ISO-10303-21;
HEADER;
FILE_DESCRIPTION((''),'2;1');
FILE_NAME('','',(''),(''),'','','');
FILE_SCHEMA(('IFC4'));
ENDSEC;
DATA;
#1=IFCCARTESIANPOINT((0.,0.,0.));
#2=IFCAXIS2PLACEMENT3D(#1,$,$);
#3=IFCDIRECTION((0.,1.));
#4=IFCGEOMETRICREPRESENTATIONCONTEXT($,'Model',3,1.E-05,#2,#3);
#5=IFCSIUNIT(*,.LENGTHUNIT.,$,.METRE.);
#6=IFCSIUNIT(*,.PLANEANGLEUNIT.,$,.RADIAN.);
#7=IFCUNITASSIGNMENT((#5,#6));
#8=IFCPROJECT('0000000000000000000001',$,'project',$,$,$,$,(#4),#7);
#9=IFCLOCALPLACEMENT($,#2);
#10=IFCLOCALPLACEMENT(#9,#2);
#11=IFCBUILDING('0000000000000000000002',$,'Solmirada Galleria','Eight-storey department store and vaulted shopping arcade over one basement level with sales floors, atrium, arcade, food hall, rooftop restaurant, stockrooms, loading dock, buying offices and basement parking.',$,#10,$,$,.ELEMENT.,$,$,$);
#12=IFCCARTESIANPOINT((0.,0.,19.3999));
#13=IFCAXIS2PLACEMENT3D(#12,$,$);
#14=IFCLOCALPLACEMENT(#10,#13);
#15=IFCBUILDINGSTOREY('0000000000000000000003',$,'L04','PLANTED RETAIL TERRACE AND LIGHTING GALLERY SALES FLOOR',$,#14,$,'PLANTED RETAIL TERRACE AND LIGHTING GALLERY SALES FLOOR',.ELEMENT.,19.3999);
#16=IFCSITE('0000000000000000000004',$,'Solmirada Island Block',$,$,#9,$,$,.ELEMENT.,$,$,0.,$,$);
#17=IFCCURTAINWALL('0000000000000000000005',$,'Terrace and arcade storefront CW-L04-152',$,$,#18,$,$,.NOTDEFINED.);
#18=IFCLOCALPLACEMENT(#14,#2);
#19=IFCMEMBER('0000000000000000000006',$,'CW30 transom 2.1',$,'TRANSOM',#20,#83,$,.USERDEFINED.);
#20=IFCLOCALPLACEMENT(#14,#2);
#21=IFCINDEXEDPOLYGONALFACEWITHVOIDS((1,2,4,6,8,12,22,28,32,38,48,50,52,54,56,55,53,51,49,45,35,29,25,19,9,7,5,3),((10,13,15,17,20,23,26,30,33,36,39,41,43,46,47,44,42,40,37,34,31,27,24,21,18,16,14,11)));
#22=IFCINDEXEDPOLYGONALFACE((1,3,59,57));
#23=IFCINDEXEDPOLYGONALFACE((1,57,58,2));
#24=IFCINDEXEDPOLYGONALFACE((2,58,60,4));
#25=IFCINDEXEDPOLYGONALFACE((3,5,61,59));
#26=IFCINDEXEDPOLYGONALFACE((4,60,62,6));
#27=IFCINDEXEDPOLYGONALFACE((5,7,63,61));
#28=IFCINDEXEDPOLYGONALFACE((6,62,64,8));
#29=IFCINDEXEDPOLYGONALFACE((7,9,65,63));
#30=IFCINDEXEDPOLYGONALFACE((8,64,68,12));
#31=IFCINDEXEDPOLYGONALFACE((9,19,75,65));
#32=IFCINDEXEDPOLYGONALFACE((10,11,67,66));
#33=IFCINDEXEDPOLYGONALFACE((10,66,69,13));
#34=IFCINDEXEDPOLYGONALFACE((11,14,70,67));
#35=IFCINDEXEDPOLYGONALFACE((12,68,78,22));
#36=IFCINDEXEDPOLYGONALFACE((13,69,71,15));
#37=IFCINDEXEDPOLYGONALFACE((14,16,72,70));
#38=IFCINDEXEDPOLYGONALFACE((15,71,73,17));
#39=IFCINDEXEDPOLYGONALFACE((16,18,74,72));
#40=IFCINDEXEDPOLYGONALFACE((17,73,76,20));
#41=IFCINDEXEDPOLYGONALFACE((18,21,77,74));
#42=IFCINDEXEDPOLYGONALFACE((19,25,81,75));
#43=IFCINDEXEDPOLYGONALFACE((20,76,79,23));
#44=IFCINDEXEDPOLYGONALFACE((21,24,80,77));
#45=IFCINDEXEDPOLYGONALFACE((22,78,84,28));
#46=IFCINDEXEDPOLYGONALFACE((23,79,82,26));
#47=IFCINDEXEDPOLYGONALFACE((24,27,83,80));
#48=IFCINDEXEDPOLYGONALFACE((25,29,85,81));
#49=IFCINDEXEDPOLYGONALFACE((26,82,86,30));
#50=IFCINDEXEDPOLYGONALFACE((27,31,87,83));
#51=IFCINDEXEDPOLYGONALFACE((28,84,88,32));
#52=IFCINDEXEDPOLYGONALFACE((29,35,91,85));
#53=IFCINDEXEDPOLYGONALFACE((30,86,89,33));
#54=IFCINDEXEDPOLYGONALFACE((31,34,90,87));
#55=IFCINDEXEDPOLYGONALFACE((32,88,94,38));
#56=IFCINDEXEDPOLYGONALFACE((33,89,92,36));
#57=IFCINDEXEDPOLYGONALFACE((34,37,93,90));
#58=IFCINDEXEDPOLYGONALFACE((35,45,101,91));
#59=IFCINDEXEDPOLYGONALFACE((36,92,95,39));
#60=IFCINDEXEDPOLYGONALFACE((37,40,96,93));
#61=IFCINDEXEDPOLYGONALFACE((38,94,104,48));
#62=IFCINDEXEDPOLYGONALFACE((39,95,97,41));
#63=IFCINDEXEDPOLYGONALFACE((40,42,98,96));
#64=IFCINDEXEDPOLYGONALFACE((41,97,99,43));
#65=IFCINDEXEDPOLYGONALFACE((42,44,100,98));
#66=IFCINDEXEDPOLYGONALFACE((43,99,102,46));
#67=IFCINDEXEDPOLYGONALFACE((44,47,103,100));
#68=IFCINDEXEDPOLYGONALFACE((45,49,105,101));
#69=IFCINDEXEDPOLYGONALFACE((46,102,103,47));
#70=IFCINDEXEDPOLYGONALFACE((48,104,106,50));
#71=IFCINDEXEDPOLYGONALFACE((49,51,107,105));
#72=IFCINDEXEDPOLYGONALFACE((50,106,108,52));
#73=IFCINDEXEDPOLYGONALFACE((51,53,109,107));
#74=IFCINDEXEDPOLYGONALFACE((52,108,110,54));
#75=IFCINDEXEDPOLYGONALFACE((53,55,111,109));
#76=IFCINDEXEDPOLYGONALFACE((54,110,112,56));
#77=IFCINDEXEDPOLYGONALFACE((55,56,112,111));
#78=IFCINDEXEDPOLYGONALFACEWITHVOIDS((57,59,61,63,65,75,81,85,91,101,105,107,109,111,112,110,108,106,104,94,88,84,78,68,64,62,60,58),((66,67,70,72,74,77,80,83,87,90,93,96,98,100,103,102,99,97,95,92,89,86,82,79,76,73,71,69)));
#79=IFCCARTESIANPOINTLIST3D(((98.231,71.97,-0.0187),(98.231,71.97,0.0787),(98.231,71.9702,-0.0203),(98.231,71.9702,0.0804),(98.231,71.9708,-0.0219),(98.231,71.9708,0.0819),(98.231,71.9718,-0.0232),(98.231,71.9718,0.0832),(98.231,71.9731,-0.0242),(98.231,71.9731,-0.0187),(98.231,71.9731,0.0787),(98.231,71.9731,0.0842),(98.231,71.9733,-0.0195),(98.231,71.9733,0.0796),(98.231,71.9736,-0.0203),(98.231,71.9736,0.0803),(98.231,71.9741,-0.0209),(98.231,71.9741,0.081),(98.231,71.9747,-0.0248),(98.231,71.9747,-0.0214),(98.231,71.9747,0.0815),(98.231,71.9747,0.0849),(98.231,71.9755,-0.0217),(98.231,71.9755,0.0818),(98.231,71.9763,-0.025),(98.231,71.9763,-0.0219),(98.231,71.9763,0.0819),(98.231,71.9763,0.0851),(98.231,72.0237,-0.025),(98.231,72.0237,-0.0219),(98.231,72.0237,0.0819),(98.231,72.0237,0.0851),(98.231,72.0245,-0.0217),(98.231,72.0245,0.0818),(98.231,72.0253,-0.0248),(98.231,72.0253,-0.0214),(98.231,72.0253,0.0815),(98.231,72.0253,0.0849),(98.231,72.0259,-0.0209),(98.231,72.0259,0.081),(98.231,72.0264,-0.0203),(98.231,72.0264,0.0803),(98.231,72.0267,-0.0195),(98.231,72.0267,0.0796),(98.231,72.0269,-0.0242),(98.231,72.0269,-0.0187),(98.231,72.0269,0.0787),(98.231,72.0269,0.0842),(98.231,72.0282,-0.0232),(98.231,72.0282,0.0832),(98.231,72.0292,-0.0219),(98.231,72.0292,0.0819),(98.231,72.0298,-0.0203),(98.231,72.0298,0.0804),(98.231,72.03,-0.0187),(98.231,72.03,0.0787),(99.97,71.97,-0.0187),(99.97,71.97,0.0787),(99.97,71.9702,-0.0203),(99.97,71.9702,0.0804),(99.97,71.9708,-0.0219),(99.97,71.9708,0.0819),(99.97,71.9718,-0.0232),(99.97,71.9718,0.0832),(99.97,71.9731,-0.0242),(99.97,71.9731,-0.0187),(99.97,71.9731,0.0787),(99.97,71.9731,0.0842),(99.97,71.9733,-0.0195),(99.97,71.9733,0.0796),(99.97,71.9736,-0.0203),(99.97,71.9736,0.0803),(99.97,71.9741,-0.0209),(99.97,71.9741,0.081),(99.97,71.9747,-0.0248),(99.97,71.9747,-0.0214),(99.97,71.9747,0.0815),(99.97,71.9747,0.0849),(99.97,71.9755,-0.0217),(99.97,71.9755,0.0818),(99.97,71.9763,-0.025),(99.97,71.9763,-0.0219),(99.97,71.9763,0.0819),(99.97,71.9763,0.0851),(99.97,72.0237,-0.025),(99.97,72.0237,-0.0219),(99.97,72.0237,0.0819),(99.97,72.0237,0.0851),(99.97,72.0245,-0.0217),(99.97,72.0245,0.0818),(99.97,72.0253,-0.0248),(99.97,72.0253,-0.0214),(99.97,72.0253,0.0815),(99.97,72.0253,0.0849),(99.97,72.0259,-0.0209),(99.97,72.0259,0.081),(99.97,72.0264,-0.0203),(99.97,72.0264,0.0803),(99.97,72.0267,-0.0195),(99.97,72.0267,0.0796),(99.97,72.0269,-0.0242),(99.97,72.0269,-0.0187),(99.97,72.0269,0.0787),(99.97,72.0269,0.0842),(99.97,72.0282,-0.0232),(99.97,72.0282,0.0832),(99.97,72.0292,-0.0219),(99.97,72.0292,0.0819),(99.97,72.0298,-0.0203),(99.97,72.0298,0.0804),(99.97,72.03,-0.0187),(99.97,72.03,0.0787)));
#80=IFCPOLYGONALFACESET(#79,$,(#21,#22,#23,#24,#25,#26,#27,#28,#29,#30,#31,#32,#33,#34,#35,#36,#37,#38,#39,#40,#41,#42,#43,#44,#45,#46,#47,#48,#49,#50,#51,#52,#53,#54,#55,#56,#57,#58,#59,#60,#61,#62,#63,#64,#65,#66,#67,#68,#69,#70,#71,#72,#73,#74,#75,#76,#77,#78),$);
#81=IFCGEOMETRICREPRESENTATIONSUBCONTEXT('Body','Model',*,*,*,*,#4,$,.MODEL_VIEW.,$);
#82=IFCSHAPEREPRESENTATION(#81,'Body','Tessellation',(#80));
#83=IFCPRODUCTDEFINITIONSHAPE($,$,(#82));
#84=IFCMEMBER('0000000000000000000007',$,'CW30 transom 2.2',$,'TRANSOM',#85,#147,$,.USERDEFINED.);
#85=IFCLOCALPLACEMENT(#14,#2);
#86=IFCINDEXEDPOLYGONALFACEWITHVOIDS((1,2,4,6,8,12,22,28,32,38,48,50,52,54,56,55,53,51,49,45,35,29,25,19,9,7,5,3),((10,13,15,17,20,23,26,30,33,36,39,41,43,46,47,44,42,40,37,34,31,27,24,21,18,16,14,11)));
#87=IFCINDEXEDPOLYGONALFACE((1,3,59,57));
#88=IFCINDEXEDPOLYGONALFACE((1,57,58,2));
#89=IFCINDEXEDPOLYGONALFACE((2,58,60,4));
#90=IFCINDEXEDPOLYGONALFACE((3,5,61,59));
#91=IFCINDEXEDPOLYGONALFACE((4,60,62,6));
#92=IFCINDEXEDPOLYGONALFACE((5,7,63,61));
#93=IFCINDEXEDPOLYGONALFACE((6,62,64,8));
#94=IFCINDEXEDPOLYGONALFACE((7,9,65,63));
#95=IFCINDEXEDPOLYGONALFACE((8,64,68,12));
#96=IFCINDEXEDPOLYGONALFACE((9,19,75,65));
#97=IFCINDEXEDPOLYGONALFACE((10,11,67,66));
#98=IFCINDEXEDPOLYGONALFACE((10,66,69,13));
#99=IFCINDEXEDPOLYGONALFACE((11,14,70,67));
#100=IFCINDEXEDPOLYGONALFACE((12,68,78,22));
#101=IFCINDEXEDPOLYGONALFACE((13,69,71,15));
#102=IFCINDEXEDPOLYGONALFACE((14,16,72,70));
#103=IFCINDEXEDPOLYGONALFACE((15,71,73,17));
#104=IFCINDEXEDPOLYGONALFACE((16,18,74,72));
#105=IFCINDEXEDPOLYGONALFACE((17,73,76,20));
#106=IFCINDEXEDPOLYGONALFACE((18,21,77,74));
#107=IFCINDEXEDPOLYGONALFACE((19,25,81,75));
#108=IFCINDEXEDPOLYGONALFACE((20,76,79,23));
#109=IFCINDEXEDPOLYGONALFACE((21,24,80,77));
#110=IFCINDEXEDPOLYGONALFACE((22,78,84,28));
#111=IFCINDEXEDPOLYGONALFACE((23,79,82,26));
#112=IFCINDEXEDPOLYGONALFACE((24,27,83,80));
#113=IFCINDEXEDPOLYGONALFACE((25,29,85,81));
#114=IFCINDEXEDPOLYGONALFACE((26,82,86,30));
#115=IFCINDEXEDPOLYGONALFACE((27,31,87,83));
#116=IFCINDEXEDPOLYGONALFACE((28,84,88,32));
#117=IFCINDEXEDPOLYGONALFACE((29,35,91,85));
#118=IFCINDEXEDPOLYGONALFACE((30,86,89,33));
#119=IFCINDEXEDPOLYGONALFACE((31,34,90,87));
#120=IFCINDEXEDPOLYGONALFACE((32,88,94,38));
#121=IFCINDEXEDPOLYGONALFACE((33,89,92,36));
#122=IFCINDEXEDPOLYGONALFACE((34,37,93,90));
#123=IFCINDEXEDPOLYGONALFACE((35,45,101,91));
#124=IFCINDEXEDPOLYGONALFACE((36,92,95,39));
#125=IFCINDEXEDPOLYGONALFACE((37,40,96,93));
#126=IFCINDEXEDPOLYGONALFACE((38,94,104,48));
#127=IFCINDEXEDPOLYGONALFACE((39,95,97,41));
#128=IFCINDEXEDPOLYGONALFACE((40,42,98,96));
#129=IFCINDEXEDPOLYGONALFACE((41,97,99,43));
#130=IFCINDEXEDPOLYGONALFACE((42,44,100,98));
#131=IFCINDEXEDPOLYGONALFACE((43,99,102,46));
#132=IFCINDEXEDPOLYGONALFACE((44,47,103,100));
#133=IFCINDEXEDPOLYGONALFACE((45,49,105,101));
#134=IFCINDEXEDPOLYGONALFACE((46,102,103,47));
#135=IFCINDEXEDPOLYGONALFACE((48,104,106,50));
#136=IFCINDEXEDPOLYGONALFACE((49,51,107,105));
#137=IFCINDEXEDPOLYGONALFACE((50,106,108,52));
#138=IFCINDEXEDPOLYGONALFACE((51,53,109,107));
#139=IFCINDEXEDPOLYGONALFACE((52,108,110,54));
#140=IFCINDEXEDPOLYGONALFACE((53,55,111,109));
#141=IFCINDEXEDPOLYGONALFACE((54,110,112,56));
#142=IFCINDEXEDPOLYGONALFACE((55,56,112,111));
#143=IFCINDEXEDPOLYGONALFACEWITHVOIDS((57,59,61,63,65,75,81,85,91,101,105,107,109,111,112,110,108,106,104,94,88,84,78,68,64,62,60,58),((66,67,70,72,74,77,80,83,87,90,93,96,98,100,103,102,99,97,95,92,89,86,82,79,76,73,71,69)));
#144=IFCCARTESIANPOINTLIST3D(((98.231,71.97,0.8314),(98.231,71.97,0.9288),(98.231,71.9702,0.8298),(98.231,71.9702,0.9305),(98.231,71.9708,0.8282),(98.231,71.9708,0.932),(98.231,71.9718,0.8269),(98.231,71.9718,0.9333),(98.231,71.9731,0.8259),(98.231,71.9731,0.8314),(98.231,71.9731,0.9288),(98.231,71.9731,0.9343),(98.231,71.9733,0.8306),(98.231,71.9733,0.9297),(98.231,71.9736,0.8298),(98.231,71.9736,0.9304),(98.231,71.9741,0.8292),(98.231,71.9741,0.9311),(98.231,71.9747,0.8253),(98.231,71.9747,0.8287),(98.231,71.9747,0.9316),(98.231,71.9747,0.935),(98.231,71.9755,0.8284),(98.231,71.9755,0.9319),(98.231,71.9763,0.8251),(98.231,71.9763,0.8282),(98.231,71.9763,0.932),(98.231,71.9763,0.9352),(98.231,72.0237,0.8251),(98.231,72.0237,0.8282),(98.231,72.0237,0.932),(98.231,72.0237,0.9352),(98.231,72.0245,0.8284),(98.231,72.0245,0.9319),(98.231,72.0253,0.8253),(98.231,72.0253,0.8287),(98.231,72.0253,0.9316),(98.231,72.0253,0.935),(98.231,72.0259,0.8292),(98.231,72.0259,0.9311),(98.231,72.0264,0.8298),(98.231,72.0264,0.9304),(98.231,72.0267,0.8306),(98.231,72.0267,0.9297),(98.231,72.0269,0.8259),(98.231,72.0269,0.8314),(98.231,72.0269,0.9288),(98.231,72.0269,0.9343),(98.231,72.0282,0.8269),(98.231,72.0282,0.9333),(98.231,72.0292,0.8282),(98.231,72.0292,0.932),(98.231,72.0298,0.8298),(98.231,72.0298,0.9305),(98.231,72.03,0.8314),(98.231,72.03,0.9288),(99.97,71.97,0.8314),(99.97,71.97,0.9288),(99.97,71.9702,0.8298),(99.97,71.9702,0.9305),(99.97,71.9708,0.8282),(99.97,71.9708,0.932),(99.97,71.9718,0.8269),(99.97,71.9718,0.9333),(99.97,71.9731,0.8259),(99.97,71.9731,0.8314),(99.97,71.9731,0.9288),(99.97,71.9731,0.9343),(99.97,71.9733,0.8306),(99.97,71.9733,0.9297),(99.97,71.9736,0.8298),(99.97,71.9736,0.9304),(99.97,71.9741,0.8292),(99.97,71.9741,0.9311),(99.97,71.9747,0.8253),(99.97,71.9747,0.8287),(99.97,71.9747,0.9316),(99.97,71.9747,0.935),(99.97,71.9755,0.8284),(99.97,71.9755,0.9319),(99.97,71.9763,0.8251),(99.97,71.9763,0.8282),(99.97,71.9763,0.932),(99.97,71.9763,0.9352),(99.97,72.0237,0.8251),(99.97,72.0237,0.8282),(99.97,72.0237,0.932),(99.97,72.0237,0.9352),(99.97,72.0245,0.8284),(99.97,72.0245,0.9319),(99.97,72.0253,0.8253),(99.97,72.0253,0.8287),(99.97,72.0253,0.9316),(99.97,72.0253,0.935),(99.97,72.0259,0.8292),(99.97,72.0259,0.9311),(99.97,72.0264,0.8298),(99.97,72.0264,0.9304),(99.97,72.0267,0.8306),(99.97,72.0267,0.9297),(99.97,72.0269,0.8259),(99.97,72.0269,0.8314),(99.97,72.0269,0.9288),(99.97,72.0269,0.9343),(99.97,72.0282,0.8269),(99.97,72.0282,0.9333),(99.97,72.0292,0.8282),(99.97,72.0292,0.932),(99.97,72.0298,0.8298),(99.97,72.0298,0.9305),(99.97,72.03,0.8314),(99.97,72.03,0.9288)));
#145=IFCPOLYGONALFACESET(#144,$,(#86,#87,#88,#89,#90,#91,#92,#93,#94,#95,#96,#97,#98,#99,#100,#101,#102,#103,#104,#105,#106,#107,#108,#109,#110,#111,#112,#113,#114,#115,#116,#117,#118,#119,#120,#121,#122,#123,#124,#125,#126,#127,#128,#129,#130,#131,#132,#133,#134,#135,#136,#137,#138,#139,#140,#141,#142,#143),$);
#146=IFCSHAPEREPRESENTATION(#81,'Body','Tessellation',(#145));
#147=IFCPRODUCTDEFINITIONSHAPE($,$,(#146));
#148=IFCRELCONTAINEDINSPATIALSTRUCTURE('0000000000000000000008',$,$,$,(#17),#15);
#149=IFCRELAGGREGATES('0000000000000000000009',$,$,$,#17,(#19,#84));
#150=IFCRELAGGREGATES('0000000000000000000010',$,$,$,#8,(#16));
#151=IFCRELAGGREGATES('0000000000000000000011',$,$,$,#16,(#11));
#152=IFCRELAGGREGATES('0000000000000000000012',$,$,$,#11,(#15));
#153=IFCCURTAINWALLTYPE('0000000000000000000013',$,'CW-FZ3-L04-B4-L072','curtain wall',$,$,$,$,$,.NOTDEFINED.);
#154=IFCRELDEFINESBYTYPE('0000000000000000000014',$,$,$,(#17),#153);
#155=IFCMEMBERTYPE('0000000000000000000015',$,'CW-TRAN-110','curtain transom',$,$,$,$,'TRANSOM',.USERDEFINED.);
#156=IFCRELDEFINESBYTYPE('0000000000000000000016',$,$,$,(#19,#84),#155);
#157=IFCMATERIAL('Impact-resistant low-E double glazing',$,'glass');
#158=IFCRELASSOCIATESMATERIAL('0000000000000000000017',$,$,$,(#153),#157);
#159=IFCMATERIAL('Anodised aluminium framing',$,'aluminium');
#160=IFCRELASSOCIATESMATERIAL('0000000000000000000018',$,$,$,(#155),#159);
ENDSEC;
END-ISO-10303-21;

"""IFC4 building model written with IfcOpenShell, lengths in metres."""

from ifc_helpers import new_model, si_unit, direction, frame, origin, origin_2d, place, context, subcontext, project, spatial, hollow_rectangle, extrude, material, material_profile, profile_set, type_object, element, aggregate, save


model = new_model("IFC4")

# Units and contexts
model_context = context("Model", 3, precision=1e-05, world=origin(), true_north=direction((0.0, 1.0)))
body_context = subcontext(model_context, "Body", "Model", "MODEL_VIEW")
ifc_project = project(units=[si_unit("LENGTHUNIT", "METRE"), si_unit("PLANEANGLEUNIT", "RADIAN")], contexts=[model_context])

# Site, building, storey
site_placement = place(None, origin())
site = spatial("IfcSite", under=ifc_project, at=site_placement, Name="Solmirada Island Block", CompositionType="ELEMENT", RefElevation=0.0)
building_placement = place(site_placement, origin())
building = spatial("IfcBuilding", under=site, at=building_placement, Name="Solmirada Galleria", Description="Eight-storey department store and vaulted shopping arcade over one basement level with sales floors, atrium, arcade, food hall, rooftop restaurant, stockrooms, loading dock, buying offices and basement parking.", CompositionType="ELEMENT")
storey_placement = place(building_placement, frame((0.0, 0.0, 19.3999)))
storey = spatial("IfcBuildingStorey", under=building, at=storey_placement, Name="L04", Description="PLANTED RETAIL TERRACE AND LIGHTING GALLERY SALES FLOOR", LongName="PLANTED RETAIL TERRACE AND LIGHTING GALLERY SALES FLOOR", CompositionType="ELEMENT", Elevation=19.3999)

# Curtain wall, members
ifc_material_1 = material(Name="Impact-resistant low-E double glazing", Category="glass")
curtain_wall_type = type_object("IfcCurtainWallType", Name="CW-FZ3-L04-B4-L072", Description="curtain wall", PredefinedType="NOTDEFINED", material=ifc_material_1)
curtain_wall_placement = place(storey_placement, origin())
curtain_wall = element("IfcCurtainWall", 1, at=curtain_wall_placement, inside=storey, type_object=curtain_wall_type, Name="Terrace and arcade storefront CW-L04-152", PredefinedType="NOTDEFINED")
ifc_material_2 = material(Name="Anodised aluminium framing", Category="aluminium")
ifc_material_profile_1 = material_profile(ifc_material_2, hollow_rectangle(XDim=0.0601, YDim=0.1101, WallThickness=0.0032, InnerFilletRadius=0.0032, OuterFilletRadius=0.0063, at=origin_2d()), Name="ALU-TRAN-110X60")
ifc_profile_set_1 = profile_set([ifc_material_profile_1], Name="Anodised aluminium framing")
member_type_1 = type_object("IfcMemberType", Name="CW-TRAN-110", Description="curtain transom", ElementType="TRANSOM", PredefinedType="USERDEFINED", material=ifc_profile_set_1)
member_1_placement = place(storey_placement, frame((98.231, 72.0, 0.03), z_axis=(1.0, 0.0, 0.0), x_axis=(0.0, 1.0, 0.0)))
member_1 = element("IfcMember", 2, at=member_1_placement, type_object=member_type_1, Name="CW30 transom 2.1", ObjectType="TRANSOM", PredefinedType="USERDEFINED", context=body_context, shape_type="SweptSolid", body=[
    extrude(hollow_rectangle(XDim=0.0601, YDim=0.1101, WallThickness=0.0032, InnerFilletRadius=0.0032, OuterFilletRadius=0.0063, at=origin_2d()), origin(), (0.0, 0.0, 1.0), 1.739),
])
member_2_placement = place(storey_placement, frame((98.231, 72.0, 0.8801), z_axis=(1.0, 0.0, 0.0), x_axis=(0.0, 1.0, 0.0)))
member_2 = element("IfcMember", 3, at=member_2_placement, type_object=member_type_1, Name="CW30 transom 2.2", ObjectType="TRANSOM", PredefinedType="USERDEFINED", context=body_context, shape_type="SweptSolid", body=[
    extrude(hollow_rectangle(XDim=0.0601, YDim=0.1101, WallThickness=0.0032, InnerFilletRadius=0.0032, OuterFilletRadius=0.0063, at=origin_2d()), origin(), (0.0, 0.0, 1.0), 1.739),
])
aggregate(curtain_wall, [member_1, member_2])

save(model, "model.ifc")
